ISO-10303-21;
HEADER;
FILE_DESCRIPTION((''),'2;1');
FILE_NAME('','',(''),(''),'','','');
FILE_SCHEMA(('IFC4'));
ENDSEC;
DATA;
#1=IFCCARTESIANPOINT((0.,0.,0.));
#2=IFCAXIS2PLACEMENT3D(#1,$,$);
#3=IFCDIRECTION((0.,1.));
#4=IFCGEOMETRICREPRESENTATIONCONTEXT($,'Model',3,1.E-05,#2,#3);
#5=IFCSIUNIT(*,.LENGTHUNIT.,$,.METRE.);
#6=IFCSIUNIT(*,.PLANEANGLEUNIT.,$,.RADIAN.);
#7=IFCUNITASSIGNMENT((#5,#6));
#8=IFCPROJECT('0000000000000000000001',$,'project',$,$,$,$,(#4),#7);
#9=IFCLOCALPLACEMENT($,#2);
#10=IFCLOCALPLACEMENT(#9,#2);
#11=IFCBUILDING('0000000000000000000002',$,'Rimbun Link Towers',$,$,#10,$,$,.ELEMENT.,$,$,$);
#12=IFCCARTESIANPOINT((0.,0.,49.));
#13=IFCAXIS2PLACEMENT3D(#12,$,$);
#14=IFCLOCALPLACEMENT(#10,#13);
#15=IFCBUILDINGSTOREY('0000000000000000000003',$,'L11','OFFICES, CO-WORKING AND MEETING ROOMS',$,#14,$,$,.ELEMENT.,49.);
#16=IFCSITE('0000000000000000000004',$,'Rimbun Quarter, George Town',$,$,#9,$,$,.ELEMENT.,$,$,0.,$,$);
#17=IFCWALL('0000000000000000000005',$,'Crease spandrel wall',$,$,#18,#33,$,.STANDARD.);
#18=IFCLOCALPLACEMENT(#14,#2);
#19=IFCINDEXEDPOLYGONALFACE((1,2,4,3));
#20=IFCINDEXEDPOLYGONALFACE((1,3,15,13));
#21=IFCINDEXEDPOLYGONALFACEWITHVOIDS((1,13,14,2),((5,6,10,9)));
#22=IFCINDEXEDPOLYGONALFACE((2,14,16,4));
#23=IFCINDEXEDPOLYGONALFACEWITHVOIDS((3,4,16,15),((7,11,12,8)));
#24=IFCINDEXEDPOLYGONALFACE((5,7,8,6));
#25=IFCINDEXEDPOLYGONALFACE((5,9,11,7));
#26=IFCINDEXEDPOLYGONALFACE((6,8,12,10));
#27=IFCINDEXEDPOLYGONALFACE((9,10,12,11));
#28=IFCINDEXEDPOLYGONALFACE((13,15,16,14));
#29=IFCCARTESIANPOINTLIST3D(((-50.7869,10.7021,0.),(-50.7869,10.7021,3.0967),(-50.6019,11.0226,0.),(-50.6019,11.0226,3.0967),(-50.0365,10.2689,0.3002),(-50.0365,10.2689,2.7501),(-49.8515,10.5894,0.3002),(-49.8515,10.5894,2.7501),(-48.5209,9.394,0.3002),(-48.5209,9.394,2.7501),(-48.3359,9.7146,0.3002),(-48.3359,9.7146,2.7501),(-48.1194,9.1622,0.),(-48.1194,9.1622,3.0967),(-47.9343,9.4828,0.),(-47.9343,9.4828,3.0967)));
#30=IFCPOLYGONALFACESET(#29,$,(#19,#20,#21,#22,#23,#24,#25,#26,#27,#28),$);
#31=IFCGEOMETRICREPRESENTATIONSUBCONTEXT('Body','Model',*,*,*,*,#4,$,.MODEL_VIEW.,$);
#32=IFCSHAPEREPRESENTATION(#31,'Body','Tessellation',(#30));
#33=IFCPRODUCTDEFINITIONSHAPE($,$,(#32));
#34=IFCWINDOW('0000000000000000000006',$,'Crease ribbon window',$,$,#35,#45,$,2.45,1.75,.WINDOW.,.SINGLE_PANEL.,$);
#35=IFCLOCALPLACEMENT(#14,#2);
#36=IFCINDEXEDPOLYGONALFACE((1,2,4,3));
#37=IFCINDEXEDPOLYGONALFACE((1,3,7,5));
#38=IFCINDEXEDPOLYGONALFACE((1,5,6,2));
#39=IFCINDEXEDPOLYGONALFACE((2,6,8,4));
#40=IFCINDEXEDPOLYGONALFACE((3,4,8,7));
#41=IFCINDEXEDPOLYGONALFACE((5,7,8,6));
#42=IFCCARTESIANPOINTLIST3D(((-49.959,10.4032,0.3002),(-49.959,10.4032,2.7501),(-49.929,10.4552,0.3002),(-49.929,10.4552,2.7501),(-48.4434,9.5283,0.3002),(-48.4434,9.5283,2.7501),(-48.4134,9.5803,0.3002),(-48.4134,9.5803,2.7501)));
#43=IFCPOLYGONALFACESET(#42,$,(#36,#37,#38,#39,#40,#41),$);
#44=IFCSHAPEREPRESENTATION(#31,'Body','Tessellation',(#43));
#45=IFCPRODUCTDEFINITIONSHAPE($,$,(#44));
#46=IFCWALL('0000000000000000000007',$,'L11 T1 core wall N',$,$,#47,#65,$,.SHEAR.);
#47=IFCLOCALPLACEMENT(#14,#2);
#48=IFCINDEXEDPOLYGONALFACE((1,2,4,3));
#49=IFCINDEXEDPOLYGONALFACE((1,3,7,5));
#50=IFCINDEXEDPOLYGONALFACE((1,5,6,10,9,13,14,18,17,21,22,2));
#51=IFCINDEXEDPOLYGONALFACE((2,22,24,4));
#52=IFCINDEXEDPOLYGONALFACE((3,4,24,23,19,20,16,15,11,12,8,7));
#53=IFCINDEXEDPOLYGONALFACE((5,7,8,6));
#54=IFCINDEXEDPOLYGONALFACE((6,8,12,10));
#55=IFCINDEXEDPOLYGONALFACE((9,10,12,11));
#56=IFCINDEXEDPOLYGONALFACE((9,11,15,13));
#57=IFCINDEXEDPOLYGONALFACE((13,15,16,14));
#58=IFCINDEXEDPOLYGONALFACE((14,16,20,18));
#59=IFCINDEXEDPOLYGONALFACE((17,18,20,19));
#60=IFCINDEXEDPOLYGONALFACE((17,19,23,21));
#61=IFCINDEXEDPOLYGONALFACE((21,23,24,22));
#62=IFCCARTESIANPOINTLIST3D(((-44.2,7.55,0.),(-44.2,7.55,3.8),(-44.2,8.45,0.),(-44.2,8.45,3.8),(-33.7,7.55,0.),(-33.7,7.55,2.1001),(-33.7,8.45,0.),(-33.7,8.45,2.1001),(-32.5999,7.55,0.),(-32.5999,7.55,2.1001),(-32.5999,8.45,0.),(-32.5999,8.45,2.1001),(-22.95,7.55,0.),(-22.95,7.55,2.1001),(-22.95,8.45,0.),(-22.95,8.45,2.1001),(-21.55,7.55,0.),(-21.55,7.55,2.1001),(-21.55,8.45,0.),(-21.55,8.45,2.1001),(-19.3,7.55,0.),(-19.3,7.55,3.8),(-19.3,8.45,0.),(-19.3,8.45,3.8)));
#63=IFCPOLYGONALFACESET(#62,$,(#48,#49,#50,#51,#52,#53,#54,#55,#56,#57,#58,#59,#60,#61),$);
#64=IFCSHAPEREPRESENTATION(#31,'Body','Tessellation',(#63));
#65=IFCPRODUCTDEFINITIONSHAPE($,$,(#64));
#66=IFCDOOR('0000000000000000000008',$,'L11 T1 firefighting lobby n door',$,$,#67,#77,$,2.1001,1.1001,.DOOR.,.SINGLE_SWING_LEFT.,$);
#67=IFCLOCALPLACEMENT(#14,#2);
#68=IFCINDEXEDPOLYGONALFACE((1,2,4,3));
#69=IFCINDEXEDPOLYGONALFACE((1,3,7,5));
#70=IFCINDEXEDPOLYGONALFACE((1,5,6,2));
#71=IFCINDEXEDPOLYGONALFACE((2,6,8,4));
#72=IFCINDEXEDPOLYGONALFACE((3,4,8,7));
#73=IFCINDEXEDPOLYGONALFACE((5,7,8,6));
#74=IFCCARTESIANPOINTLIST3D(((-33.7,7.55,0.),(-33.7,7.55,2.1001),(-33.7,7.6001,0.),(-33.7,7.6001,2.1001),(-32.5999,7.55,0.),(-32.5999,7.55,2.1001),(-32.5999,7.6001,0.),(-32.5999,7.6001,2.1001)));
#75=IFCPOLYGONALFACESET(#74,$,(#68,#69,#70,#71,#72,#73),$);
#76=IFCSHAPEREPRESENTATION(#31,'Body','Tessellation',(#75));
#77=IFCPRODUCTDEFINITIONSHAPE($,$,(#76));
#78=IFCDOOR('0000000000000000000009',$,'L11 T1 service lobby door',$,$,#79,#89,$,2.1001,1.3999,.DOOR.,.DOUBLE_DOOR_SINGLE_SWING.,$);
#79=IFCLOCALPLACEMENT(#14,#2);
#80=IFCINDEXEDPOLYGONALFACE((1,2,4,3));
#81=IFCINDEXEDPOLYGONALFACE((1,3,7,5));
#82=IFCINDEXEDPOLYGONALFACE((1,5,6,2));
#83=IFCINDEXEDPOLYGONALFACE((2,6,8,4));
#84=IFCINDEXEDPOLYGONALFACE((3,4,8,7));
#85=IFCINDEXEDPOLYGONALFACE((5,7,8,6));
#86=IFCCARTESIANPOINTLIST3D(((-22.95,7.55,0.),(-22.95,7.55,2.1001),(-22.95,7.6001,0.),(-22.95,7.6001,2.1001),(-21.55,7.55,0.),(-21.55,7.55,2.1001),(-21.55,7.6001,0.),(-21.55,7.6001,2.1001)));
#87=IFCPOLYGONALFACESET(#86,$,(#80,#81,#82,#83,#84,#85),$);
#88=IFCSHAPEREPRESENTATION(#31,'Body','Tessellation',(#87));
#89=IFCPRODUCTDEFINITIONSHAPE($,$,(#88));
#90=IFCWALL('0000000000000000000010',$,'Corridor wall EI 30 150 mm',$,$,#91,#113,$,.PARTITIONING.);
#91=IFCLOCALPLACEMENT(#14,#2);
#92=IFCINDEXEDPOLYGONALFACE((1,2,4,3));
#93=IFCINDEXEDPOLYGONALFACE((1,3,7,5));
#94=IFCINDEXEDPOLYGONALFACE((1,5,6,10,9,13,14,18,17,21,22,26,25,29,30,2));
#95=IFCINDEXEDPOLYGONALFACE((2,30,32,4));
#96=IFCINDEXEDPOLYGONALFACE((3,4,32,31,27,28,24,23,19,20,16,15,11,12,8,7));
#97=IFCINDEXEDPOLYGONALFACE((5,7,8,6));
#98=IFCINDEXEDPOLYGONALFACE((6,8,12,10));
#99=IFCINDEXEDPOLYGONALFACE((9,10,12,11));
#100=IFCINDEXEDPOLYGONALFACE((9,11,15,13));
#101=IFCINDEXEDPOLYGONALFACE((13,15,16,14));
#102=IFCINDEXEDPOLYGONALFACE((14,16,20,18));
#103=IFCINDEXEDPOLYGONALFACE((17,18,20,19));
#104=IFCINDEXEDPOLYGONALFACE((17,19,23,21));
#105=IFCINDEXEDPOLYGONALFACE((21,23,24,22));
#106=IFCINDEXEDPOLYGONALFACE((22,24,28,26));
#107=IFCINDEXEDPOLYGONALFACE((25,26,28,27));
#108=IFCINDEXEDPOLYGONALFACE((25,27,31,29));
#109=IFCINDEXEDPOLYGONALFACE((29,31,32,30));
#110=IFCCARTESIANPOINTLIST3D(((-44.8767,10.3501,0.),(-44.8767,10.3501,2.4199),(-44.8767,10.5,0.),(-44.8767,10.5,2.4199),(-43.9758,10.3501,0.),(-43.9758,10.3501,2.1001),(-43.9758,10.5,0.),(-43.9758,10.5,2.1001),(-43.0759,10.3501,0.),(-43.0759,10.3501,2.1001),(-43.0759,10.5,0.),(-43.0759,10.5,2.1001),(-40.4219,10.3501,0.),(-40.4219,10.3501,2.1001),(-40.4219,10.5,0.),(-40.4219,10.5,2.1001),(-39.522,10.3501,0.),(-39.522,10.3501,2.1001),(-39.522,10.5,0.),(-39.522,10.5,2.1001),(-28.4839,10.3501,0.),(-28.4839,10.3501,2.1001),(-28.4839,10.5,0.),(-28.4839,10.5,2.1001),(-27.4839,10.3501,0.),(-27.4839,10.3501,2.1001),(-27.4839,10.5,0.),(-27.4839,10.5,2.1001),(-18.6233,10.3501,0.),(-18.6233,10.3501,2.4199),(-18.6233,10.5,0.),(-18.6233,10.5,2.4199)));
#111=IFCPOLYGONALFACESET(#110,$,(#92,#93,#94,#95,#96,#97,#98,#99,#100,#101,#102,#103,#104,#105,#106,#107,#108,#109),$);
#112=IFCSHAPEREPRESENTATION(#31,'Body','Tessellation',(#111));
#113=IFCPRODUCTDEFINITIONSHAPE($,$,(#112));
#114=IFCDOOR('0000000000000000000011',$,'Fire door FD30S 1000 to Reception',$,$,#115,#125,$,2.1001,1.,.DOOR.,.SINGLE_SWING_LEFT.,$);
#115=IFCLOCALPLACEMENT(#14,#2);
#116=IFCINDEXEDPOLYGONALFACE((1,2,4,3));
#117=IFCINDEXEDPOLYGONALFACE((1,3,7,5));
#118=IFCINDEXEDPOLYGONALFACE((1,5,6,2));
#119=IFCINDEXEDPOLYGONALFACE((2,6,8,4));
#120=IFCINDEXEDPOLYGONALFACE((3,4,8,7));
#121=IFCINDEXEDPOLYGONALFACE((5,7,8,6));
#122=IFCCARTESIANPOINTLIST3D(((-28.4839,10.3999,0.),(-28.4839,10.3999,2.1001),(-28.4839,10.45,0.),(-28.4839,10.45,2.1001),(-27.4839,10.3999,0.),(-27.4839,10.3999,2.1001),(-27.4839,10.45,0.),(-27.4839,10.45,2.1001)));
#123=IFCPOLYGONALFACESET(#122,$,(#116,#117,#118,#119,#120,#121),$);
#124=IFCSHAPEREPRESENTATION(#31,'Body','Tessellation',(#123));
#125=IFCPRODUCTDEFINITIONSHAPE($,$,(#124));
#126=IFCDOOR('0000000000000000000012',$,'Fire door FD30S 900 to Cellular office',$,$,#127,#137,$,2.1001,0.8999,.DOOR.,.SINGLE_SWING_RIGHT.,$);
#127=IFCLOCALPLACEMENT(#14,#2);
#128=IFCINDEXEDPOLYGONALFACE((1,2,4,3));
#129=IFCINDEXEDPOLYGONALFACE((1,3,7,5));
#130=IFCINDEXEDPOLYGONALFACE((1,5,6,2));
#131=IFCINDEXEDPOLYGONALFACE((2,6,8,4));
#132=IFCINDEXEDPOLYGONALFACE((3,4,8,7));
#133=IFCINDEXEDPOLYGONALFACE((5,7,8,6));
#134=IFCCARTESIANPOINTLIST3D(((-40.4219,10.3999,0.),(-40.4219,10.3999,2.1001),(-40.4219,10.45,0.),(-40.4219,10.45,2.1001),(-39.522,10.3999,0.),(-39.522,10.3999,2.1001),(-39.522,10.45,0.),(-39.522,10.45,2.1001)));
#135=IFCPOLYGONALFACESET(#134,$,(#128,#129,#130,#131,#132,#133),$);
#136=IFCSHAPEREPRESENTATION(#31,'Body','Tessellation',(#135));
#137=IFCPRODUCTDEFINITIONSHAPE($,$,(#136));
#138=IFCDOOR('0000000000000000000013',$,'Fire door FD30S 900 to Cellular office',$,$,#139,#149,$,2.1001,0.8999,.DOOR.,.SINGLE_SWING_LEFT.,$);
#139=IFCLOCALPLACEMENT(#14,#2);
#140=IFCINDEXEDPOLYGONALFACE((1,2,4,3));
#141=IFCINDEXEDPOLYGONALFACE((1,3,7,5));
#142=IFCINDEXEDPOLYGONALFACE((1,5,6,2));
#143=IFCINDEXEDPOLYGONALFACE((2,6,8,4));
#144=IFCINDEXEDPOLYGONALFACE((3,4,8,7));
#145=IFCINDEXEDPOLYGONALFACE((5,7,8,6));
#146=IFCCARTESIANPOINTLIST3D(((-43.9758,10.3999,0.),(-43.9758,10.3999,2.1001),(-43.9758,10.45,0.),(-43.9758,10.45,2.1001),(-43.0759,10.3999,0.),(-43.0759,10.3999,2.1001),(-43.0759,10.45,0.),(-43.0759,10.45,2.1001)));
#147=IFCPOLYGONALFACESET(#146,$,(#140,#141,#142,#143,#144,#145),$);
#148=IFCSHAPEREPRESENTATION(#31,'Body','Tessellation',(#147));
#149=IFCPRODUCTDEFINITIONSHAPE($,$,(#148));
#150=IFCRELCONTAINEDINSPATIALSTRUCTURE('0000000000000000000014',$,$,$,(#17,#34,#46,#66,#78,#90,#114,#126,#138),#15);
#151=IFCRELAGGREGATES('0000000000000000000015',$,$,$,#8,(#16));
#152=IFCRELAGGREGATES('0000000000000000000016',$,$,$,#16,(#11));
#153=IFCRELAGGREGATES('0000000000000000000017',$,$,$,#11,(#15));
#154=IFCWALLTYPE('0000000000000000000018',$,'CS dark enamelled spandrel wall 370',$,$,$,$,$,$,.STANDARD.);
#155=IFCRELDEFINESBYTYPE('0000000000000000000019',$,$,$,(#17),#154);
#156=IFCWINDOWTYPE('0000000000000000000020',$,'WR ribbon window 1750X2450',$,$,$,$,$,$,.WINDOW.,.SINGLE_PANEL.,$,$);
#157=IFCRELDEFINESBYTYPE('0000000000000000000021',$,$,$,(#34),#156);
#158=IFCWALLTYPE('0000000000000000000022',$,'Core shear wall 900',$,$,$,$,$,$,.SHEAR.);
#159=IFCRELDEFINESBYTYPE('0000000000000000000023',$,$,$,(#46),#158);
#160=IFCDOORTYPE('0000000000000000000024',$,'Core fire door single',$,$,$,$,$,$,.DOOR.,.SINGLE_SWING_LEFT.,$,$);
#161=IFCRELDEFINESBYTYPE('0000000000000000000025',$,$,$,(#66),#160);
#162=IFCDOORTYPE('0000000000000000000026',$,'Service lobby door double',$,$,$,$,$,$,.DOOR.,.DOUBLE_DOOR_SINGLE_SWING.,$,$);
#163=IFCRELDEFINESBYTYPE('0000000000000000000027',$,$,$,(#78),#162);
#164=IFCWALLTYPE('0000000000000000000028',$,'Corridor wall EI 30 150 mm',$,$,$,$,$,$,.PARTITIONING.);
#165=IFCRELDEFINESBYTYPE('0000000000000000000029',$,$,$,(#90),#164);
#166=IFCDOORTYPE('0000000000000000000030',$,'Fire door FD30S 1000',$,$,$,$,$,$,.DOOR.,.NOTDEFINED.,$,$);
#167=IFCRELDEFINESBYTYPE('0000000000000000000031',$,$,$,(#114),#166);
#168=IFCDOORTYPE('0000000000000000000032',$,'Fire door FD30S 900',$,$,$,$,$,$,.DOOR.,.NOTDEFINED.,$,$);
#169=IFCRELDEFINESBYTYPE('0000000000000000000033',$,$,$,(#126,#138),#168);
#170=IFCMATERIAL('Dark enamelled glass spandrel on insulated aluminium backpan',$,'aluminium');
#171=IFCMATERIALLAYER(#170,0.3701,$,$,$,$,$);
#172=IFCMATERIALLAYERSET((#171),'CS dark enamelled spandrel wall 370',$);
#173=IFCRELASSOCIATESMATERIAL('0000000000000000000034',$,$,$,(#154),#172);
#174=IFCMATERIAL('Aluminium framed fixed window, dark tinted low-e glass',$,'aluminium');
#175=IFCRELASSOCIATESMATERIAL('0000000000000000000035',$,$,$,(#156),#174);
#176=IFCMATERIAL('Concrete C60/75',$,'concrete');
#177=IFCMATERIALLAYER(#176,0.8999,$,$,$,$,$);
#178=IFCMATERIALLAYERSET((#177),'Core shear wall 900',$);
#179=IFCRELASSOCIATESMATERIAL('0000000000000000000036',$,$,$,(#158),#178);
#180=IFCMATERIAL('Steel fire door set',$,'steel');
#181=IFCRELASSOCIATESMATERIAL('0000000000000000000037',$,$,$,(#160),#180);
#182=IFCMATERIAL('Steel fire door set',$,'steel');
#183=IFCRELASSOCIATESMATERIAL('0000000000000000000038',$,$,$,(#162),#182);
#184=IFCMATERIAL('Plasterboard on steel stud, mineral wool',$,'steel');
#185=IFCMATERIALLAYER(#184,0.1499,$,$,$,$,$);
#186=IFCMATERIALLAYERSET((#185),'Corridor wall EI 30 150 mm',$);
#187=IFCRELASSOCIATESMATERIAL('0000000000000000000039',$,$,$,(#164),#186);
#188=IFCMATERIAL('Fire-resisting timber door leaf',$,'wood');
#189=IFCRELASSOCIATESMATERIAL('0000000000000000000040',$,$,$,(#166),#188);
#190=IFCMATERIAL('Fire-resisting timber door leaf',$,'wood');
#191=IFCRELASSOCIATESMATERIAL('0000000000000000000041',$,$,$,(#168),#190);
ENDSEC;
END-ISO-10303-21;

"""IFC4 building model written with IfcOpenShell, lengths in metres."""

from ifc_helpers import new_model, si_unit, direction, frame, frame_2d, origin, place, context, subcontext, project, spatial, rectangle, extrude, material, layer, layer_set, type_object, element, fill, save


model = new_model("IFC4")

# Units and contexts
model_context = context("Model", 3, precision=1e-05, world=origin(), true_north=direction((0.0, 1.0)))
body_context = subcontext(model_context, "Body", "Model", "MODEL_VIEW")
ifc_project = project(units=[si_unit("LENGTHUNIT", "METRE"), si_unit("PLANEANGLEUNIT", "RADIAN")], contexts=[model_context])

# Site, building, storey
site_placement = place(None, origin())
site = spatial("IfcSite", under=ifc_project, at=site_placement, Name="Rimbun Quarter, George Town", CompositionType="ELEMENT", RefElevation=0.0)
building_placement = place(site_placement, origin())
building = spatial("IfcBuilding", under=site, at=building_placement, Name="Rimbun Link Towers", CompositionType="ELEMENT")
storey_placement = place(building_placement, frame((0.0, 0.0, 49.0)))
storey = spatial("IfcBuildingStorey", under=building, at=storey_placement, Name="L11", Description="OFFICES, CO-WORKING AND MEETING ROOMS", CompositionType="ELEMENT", Elevation=49.0)

# Wall, opening, window
ifc_material_1 = material(Name="Dark enamelled glass spandrel on insulated aluminium backpan", Category="aluminium")
ifc_layer_1 = layer(ifc_material_1, 0.3701)
ifc_layer_set_1 = layer_set([ifc_layer_1], Name="CS dark enamelled spandrel wall 370")
wall_type_1 = type_object("IfcWallType", Name="CS dark enamelled spandrel wall 370", PredefinedType="STANDARD", material=ifc_layer_set_1)
wall_1_placement = place(storey_placement, frame((-48.0269, 9.3225, 0.0), z_axis=(0.0, 0.0, 1.0), x_axis=(-0.866064, 0.499933, 0.0)))
wall_1 = element("IfcWall", 1, at=wall_1_placement, inside=storey, type_object=wall_type_1, Name="Crease spandrel wall", PredefinedType="STANDARD", context=body_context, shape_type="SweptSolid", body=[
    extrude(rectangle(XDim=3.0801, YDim=0.3701, at=frame_2d((1.54, 0.0))), origin(), (0.0, 0.0, 1.0), 3.0967),
])
opening_1_placement = place(wall_1_placement, frame((0.4636, 0.0, 0.3)))
opening_1 = element("IfcOpeningElement", 2, at=opening_1_placement, cuts=wall_1, PredefinedType="OPENING", context=body_context, shape_type="SweptSolid", body=[
    extrude(rectangle(XDim=1.75, YDim=2.45, at=frame_2d((0.875, 1.2251))), frame((0.0, 0.1951, 0.0), z_axis=(0.0, -1.0, 0.0), x_axis=(1.0, 0.0, 0.0)), (0.0, 0.0, 1.0), 0.3901),
])
ifc_material_2 = material(Name="Aluminium framed fixed window, dark tinted low-e glass", Category="aluminium")
window_type_1 = type_object("IfcWindowType", Name="WR ribbon window 1750X2450", PartitioningType="SINGLE_PANEL", PredefinedType="WINDOW", material=ifc_material_2)
window_1_placement = place(opening_1_placement, origin())
window_1 = element("IfcWindow", 3, at=window_1_placement, inside=storey, type_object=window_type_1, Name="Crease ribbon window", OverallHeight=2.45, OverallWidth=1.75, PartitioningType="SINGLE_PANEL", PredefinedType="WINDOW", context=body_context, shape_type="SweptSolid", body=[
    extrude(rectangle(XDim=1.75, YDim=2.45, at=frame_2d((0.875, 1.2251))), frame((0.0, 0.03, 0.0), z_axis=(0.0, -1.0, 0.0), x_axis=(1.0, 0.0, 0.0)), (0.0, 0.0, 1.0), 0.0601),
])
fill(opening_1, window_1)

# Walls, openings, doors
ifc_material_3 = material(Name="Concrete C60/75", Category="concrete")
ifc_layer_2 = layer(ifc_material_3, 0.8999)
ifc_layer_set_2 = layer_set([ifc_layer_2], Name="Core shear wall 900")
wall_type_2 = type_object("IfcWallType", Name="Core shear wall 900", PredefinedType="SHEAR", material=ifc_layer_set_2)
wall_2_placement = place(storey_placement, frame((-44.2, 8.0, 0.0), z_axis=(0.0, 0.0, 1.0), x_axis=(1.0, 0.0, 0.0)))
wall_2 = element("IfcWall", 4, at=wall_2_placement, inside=storey, type_object=wall_type_2, Name="L11 T1 core wall N", PredefinedType="SHEAR", context=body_context, shape_type="SweptSolid", body=[
    extrude(rectangle(XDim=24.8999, YDim=0.8999, at=frame_2d((12.45, 0.0))), origin(), (0.0, 0.0, 1.0), 3.8),
])
opening_2_placement = place(wall_2_placement, frame((10.5, 0.0, 0.0)))
opening_2 = element("IfcOpeningElement", 5, at=opening_2_placement, cuts=wall_2, PredefinedType="OPENING", context=body_context, shape_type="SweptSolid", body=[
    extrude(rectangle(XDim=1.1001, YDim=2.1001, at=frame_2d((0.55, 1.05))), frame((0.0, 0.46, 0.0), z_axis=(0.0, -1.0, 0.0), x_axis=(1.0, 0.0, 0.0)), (0.0, 0.0, 1.0), 0.9199),
])
opening_3_placement = place(wall_2_placement, frame((21.25, 0.0, 0.0)))
opening_3 = element("IfcOpeningElement", 6, at=opening_3_placement, cuts=wall_2, PredefinedType="OPENING", context=body_context, shape_type="SweptSolid", body=[
    extrude(rectangle(XDim=1.3999, YDim=2.1001, at=frame_2d((0.7, 1.05))), frame((0.0, 0.46, 0.0), z_axis=(0.0, -1.0, 0.0), x_axis=(1.0, 0.0, 0.0)), (0.0, 0.0, 1.0), 0.9199),
])
ifc_material_4 = material(Name="Steel fire door set", Category="steel")
door_type_1 = type_object("IfcDoorType", Name="Core fire door single", OperationType="SINGLE_SWING_LEFT", PredefinedType="DOOR", material=ifc_material_4)
door_1_placement = place(opening_2_placement, origin())
door_1 = element("IfcDoor", 7, at=door_1_placement, inside=storey, type_object=door_type_1, Name="L11 T1 firefighting lobby n door", OperationType="SINGLE_SWING_LEFT", OverallHeight=2.1001, OverallWidth=1.1001, PredefinedType="DOOR", context=body_context, shape_type="SweptSolid", body=[
    extrude(rectangle(XDim=1.1001, YDim=2.1001, at=frame_2d((0.55, 1.05))), frame((0.0, -0.3999, 0.0), z_axis=(0.0, -1.0, 0.0), x_axis=(1.0, 0.0, 0.0)), (0.0, 0.0, 1.0), 0.05),
])
fill(opening_2, door_1)
ifc_material_5 = material(Name="Steel fire door set", Category="steel")
door_type_2 = type_object("IfcDoorType", Name="Service lobby door double", OperationType="DOUBLE_DOOR_SINGLE_SWING", PredefinedType="DOOR", material=ifc_material_5)
door_2_placement = place(opening_3_placement, origin())
door_2 = element("IfcDoor", 8, at=door_2_placement, inside=storey, type_object=door_type_2, Name="L11 T1 service lobby door", OperationType="DOUBLE_DOOR_SINGLE_SWING", OverallHeight=2.1001, OverallWidth=1.3999, PredefinedType="DOOR", context=body_context, shape_type="SweptSolid", body=[
    extrude(rectangle(XDim=1.3999, YDim=2.1001, at=frame_2d((0.7, 1.05))), frame((0.0, -0.3999, 0.0), z_axis=(0.0, -1.0, 0.0), x_axis=(1.0, 0.0, 0.0)), (0.0, 0.0, 1.0), 0.05),
])
fill(opening_3, door_2)
ifc_material_6 = material(Name="Plasterboard on steel stud, mineral wool", Category="steel")
ifc_layer_3 = layer(ifc_material_6, 0.1499)
ifc_layer_set_3 = layer_set([ifc_layer_3], Name="Corridor wall EI 30 150 mm")
wall_type_3 = type_object("IfcWallType", Name="Corridor wall EI 30 150 mm", PredefinedType="PARTITIONING", material=ifc_layer_set_3)
wall_3_placement = place(storey_placement, frame((-44.8767, 10.425, 0.0), z_axis=(0.0, 0.0, 1.0), x_axis=(1.0, 0.0, 0.0)))
wall_3 = element("IfcWall", 9, at=wall_3_placement, inside=storey, type_object=wall_type_3, Name="Corridor wall EI 30 150 mm", PredefinedType="PARTITIONING", context=body_context, shape_type="SweptSolid", body=[
    extrude(rectangle(XDim=26.2534, YDim=0.1499, at=frame_2d((13.1267, 0.0))), origin(), (0.0, 0.0, 1.0), 2.4199),
])
opening_4_placement = place(wall_3_placement, frame((16.3928, 0.0, 0.0)))
opening_4 = element("IfcOpeningElement", 10, at=opening_4_placement, cuts=wall_3, PredefinedType="OPENING", context=body_context, shape_type="SweptSolid", body=[
    extrude(rectangle(XDim=1.0, YDim=2.1001, at=frame_2d((0.5, 1.05))), frame((0.0, 0.085, 0.0), z_axis=(0.0, -1.0, 0.0), x_axis=(1.0, 0.0, 0.0)), (0.0, 0.0, 1.0), 0.1699),
])
opening_5_placement = place(wall_3_placement, frame((4.4548, 0.0, 0.0)))
opening_5 = element("IfcOpeningElement", 11, at=opening_5_placement, cuts=wall_3, PredefinedType="OPENING", context=body_context, shape_type="SweptSolid", body=[
    extrude(rectangle(XDim=0.8999, YDim=2.1001, at=frame_2d((0.45, 1.05))), frame((0.0, 0.085, 0.0), z_axis=(0.0, -1.0, 0.0), x_axis=(1.0, 0.0, 0.0)), (0.0, 0.0, 1.0), 0.1699),
])
opening_6_placement = place(wall_3_placement, frame((0.9009, 0.0, 0.0)))
opening_6 = element("IfcOpeningElement", 12, at=opening_6_placement, cuts=wall_3, PredefinedType="OPENING", context=body_context, shape_type="SweptSolid", body=[
    extrude(rectangle(XDim=0.8999, YDim=2.1001, at=frame_2d((0.45, 1.05))), frame((0.0, 0.085, 0.0), z_axis=(0.0, -1.0, 0.0), x_axis=(1.0, 0.0, 0.0)), (0.0, 0.0, 1.0), 0.1699),
])
ifc_material_7 = material(Name="Fire-resisting timber door leaf", Category="wood")
door_type_3 = type_object("IfcDoorType", Name="Fire door FD30S 1000", OperationType="NOTDEFINED", PredefinedType="DOOR", material=ifc_material_7)
door_3_placement = place(opening_4_placement, origin())
door_3 = element("IfcDoor", 13, at=door_3_placement, inside=storey, type_object=door_type_3, Name="Fire door FD30S 1000 to Reception", OperationType="SINGLE_SWING_LEFT", OverallHeight=2.1001, OverallWidth=1.0, PredefinedType="DOOR", context=body_context, shape_type="SweptSolid", body=[
    extrude(rectangle(XDim=1.0, YDim=2.1001, at=frame_2d((0.5, 1.05))), frame((0.0, 0.0249, 0.0), z_axis=(0.0, -1.0, 0.0), x_axis=(1.0, 0.0, 0.0)), (0.0, 0.0, 1.0), 0.05),
])
fill(opening_4, door_3)
ifc_material_8 = material(Name="Fire-resisting timber door leaf", Category="wood")
door_type_4 = type_object("IfcDoorType", Name="Fire door FD30S 900", OperationType="NOTDEFINED", PredefinedType="DOOR", material=ifc_material_8)
door_4_placement = place(opening_5_placement, origin())
door_4 = element("IfcDoor", 14, at=door_4_placement, inside=storey, type_object=door_type_4, Name="Fire door FD30S 900 to Cellular office", OperationType="SINGLE_SWING_RIGHT", OverallHeight=2.1001, OverallWidth=0.8999, PredefinedType="DOOR", context=body_context, shape_type="SweptSolid", body=[
    extrude(rectangle(XDim=0.8999, YDim=2.1001, at=frame_2d((0.45, 1.05))), frame((0.0, 0.0249, 0.0), z_axis=(0.0, -1.0, 0.0), x_axis=(1.0, 0.0, 0.0)), (0.0, 0.0, 1.0), 0.05),
])
fill(opening_5, door_4)
door_5_placement = place(opening_6_placement, origin())
door_5 = element("IfcDoor", 15, at=door_5_placement, inside=storey, type_object=door_type_4, Name="Fire door FD30S 900 to Cellular office", OperationType="SINGLE_SWING_LEFT", OverallHeight=2.1001, OverallWidth=0.8999, PredefinedType="DOOR", context=body_context, shape_type="SweptSolid", body=[
    extrude(rectangle(XDim=0.8999, YDim=2.1001, at=frame_2d((0.45, 1.05))), frame((0.0, 0.0249, 0.0), z_axis=(0.0, -1.0, 0.0), x_axis=(1.0, 0.0, 0.0)), (0.0, 0.0, 1.0), 0.05),
])
fill(opening_6, door_5)

save(model, "model.ifc")
